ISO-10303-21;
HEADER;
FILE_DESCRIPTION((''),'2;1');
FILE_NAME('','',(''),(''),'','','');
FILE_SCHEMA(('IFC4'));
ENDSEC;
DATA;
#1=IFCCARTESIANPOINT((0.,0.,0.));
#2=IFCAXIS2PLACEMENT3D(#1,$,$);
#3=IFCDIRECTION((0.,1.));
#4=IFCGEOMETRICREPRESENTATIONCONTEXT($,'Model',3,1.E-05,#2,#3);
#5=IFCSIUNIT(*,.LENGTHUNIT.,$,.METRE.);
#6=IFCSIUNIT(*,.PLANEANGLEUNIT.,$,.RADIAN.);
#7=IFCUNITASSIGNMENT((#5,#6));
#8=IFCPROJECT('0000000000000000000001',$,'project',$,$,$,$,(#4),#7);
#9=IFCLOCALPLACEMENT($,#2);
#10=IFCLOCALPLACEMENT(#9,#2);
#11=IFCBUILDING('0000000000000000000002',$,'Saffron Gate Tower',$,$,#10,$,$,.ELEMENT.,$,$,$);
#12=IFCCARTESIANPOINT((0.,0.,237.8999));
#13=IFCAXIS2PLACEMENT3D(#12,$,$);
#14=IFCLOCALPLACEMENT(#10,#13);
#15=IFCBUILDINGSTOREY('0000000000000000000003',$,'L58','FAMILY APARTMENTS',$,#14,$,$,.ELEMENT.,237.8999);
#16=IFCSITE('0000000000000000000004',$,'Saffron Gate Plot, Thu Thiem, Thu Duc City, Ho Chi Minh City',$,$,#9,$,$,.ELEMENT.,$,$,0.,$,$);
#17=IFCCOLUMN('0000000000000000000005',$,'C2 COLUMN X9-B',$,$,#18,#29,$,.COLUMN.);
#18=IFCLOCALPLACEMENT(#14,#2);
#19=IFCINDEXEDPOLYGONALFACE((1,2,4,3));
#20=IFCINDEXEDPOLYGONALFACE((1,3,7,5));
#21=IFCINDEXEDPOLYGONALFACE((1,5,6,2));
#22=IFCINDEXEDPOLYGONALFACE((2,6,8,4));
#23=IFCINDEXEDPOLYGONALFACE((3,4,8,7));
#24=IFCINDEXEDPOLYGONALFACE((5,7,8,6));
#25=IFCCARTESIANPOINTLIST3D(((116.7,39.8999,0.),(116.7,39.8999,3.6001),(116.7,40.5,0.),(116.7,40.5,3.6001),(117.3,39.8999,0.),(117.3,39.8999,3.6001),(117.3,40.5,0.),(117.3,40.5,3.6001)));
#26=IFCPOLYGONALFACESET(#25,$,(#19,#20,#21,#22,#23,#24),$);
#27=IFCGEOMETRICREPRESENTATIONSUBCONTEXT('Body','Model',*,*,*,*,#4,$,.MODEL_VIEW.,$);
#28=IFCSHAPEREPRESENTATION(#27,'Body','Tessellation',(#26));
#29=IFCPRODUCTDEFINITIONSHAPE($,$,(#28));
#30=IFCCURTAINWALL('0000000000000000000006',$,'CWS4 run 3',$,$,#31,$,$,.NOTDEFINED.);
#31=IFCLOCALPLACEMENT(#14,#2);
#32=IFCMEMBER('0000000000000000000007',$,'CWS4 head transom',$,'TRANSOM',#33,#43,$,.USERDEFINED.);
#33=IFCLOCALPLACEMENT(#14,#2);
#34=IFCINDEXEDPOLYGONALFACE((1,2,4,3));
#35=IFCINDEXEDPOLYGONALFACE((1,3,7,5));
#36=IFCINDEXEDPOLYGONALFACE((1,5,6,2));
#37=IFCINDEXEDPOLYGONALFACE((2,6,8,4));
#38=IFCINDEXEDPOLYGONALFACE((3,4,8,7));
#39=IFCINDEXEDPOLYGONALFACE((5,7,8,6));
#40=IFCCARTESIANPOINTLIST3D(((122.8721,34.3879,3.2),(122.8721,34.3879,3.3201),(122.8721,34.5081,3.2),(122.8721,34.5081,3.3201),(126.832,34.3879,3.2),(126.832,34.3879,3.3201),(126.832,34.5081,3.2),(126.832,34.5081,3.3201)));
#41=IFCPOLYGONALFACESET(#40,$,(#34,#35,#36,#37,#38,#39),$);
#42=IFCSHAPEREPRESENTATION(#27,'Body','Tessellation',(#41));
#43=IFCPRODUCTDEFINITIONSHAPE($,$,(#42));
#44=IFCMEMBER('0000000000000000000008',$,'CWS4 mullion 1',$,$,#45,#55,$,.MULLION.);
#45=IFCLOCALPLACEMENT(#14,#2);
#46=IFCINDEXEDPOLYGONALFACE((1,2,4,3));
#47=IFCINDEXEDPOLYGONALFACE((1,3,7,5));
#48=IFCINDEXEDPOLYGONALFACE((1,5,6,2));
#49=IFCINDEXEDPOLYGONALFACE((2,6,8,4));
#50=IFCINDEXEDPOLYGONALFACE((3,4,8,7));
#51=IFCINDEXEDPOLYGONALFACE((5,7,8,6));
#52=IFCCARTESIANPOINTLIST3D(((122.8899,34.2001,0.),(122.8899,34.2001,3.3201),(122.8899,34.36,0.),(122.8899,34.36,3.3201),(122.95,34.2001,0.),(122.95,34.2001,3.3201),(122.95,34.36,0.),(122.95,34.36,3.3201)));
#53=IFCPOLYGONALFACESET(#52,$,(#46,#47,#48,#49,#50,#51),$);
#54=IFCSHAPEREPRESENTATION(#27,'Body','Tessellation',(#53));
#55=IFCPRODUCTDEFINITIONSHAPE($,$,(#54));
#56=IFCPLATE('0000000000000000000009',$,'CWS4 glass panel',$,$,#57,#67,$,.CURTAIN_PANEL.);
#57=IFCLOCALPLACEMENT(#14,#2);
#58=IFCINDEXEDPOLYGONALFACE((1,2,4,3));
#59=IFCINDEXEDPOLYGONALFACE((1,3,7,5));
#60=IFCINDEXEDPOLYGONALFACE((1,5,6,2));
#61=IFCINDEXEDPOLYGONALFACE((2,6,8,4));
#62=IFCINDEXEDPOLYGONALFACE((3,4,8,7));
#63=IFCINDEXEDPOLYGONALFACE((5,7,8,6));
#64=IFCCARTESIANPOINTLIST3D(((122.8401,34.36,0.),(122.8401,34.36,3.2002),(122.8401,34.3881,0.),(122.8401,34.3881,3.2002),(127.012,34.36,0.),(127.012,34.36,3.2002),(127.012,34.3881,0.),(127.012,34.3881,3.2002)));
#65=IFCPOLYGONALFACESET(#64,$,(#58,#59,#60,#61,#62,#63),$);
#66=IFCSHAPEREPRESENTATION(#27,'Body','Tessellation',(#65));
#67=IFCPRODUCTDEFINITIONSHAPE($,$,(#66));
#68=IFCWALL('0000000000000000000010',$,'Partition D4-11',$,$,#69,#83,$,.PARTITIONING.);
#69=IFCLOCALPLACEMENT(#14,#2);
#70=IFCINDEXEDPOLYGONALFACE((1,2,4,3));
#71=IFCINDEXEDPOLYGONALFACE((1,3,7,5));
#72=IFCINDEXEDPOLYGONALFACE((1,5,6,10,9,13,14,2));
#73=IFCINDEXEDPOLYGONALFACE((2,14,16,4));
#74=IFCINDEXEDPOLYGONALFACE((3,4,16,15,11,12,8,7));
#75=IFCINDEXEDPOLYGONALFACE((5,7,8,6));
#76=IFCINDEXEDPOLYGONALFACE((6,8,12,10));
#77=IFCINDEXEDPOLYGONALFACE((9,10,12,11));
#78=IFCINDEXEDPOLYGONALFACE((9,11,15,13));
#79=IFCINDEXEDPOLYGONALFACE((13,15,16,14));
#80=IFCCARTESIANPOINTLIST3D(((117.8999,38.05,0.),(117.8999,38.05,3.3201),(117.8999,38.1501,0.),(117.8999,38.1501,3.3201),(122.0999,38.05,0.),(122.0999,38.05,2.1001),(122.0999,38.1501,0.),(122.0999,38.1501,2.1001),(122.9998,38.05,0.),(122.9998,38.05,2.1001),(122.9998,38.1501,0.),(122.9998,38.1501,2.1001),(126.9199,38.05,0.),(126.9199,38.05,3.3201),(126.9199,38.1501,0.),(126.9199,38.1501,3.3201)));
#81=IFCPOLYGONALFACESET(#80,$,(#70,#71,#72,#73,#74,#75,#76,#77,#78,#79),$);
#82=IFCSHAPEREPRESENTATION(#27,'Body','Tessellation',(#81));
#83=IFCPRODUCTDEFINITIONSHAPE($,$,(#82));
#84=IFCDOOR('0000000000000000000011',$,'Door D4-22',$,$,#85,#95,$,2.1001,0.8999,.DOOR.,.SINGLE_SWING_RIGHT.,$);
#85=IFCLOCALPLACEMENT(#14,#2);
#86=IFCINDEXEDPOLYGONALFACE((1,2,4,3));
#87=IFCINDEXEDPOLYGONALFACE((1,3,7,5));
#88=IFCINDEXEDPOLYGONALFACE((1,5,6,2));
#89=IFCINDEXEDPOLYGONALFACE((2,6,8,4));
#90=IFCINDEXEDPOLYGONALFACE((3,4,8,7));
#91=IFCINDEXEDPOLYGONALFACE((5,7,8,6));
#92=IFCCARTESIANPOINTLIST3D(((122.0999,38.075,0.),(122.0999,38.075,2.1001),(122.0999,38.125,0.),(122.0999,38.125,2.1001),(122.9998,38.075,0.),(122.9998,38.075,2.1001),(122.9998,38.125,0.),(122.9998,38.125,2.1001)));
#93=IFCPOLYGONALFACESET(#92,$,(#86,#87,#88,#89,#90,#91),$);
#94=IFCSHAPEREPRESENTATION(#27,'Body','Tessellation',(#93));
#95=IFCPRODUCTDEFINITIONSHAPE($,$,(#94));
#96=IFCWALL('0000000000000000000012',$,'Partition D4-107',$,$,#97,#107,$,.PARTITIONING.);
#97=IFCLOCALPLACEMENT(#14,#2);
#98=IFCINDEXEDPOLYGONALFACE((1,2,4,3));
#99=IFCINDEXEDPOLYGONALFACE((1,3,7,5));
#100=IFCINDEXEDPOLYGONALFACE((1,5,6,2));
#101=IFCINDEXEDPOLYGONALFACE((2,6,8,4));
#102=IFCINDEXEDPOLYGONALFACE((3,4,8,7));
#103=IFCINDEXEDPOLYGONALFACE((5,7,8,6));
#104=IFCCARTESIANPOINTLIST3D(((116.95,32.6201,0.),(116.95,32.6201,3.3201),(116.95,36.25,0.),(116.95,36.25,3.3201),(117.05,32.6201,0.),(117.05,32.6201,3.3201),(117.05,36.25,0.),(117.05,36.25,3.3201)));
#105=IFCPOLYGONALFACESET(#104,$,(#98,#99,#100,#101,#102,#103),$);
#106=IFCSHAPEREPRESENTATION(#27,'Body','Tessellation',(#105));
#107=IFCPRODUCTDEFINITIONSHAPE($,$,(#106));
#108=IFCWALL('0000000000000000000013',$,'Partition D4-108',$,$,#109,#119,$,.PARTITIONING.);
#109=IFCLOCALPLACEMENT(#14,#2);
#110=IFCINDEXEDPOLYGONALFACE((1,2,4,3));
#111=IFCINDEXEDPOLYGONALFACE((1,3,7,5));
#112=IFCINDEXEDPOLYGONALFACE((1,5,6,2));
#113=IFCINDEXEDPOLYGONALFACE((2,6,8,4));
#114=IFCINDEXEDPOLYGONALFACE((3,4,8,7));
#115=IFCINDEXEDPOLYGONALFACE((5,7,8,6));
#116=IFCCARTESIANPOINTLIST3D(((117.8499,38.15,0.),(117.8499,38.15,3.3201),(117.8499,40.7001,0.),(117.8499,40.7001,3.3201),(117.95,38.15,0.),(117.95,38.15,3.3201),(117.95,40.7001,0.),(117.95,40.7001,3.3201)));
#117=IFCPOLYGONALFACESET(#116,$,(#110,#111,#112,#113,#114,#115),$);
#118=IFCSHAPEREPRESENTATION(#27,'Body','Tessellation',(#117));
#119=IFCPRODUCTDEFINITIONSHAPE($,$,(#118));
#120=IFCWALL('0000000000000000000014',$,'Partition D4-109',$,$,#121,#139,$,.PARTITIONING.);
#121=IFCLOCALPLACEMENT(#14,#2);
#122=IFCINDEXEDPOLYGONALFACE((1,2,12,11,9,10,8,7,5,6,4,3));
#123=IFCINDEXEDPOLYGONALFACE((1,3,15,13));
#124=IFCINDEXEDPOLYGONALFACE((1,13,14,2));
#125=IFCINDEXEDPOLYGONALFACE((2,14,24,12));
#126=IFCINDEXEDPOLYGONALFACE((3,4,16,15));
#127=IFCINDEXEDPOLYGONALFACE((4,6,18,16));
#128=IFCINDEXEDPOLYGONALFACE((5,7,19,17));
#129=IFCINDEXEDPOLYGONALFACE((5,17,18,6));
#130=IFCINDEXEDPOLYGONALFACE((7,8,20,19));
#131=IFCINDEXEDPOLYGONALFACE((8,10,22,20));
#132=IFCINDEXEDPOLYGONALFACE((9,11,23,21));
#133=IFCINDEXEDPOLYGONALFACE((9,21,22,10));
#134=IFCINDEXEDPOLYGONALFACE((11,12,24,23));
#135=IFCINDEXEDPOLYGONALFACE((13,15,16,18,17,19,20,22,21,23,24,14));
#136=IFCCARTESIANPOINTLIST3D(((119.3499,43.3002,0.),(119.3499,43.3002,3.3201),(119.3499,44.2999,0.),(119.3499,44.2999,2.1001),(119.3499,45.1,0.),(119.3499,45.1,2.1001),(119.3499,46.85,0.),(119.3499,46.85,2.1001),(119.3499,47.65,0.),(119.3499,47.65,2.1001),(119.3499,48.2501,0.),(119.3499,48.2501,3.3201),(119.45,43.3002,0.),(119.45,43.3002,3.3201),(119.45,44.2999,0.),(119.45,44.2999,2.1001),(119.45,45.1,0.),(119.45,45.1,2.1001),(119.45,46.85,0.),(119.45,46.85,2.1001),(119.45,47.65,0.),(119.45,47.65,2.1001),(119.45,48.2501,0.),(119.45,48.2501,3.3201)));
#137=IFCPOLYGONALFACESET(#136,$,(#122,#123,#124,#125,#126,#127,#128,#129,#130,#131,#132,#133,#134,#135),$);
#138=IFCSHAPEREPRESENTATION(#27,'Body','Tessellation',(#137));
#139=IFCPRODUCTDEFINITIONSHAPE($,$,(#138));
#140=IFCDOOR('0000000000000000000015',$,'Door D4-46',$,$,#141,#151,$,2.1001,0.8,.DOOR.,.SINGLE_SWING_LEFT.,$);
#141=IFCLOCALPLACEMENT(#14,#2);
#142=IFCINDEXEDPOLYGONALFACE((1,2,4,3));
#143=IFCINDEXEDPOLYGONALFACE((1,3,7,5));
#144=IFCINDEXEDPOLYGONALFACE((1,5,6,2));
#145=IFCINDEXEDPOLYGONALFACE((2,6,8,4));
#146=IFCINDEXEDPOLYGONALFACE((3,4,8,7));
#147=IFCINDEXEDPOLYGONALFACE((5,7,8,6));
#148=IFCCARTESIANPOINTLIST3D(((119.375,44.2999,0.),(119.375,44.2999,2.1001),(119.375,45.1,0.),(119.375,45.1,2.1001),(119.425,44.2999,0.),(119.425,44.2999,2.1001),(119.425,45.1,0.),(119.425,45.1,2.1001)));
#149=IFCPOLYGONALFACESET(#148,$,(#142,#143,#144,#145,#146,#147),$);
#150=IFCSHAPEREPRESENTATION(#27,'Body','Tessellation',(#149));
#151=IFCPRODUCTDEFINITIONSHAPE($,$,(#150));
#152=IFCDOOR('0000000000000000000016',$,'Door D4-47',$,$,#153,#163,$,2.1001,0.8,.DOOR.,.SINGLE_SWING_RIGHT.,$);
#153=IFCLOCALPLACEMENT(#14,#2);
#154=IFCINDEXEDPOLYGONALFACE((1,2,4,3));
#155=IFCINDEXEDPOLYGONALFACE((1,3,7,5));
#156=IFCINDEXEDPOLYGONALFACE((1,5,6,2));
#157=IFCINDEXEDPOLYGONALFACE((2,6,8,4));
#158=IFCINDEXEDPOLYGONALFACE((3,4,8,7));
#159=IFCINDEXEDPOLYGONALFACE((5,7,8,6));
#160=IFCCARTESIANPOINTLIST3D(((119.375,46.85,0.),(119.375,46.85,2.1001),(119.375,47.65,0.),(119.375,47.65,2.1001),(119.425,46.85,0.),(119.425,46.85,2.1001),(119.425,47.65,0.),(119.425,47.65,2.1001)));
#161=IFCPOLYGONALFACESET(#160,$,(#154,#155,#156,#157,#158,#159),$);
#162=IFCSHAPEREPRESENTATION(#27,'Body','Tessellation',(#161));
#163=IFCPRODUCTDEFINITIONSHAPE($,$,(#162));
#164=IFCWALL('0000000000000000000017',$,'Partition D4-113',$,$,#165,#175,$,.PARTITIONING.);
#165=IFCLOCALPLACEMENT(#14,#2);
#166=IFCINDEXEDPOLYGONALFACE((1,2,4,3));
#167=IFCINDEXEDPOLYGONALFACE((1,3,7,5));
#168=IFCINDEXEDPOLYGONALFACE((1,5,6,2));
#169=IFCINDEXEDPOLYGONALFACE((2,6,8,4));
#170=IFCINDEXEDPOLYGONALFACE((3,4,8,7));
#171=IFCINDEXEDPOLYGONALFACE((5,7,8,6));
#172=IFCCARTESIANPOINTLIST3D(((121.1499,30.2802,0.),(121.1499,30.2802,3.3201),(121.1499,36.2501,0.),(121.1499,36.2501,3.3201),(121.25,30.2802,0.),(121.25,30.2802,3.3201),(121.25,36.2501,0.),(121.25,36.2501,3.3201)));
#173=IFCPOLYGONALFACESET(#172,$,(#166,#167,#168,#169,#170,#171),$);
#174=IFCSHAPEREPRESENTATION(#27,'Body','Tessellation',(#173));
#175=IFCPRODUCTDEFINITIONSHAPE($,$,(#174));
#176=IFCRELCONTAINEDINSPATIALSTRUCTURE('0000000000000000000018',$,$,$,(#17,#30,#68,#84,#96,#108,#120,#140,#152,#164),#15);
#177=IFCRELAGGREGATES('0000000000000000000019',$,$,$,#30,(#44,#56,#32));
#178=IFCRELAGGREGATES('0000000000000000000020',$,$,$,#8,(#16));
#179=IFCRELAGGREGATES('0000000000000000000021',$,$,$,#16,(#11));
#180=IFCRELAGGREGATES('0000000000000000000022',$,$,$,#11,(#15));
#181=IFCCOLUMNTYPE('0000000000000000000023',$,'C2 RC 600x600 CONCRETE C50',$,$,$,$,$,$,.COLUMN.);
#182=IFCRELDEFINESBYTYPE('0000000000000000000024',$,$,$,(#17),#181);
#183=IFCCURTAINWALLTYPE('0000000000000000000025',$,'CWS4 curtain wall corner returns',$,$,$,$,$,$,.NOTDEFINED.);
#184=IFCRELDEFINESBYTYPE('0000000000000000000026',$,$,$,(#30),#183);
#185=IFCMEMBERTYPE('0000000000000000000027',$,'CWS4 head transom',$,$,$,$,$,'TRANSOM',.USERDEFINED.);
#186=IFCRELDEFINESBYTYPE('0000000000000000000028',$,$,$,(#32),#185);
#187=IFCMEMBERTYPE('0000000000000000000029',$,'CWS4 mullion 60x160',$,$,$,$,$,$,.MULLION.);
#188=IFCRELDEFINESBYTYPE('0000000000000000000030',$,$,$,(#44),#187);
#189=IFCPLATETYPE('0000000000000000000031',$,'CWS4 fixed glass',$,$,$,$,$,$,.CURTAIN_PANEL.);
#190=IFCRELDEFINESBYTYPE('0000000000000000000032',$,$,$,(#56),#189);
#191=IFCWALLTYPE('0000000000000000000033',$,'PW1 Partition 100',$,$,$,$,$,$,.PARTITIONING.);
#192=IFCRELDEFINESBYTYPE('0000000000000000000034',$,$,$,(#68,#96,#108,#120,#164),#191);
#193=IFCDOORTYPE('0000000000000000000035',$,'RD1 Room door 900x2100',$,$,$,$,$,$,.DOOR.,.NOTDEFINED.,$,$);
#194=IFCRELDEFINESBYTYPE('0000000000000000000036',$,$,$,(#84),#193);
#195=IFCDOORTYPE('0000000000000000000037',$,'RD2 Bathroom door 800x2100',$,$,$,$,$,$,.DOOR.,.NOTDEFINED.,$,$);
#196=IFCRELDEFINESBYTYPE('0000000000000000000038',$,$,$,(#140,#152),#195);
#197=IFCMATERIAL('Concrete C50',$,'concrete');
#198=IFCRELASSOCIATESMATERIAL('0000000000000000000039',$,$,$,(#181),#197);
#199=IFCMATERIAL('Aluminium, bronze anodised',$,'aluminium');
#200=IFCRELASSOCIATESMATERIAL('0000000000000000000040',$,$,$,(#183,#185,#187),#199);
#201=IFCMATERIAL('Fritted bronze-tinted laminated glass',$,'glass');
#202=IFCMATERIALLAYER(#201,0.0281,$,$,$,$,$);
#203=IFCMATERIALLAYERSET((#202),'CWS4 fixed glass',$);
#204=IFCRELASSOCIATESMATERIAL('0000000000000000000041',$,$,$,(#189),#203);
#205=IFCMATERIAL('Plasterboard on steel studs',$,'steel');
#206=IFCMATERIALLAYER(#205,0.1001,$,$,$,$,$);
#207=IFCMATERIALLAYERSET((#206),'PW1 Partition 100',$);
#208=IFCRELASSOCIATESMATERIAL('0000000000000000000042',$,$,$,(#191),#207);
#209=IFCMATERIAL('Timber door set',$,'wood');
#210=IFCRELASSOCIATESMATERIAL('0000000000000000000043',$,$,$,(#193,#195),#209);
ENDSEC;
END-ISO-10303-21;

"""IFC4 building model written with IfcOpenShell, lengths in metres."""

from ifc_helpers import new_model, si_unit, direction, frame, frame_2d, origin, origin_2d, place, context, subcontext, project, spatial, rectangle, extrude, material, layer, layer_set, material_profile, profile_set, type_object, element, fill, aggregate, save


model = new_model("IFC4")

# Units and contexts
model_context = context("Model", 3, precision=1e-05, world=origin(), true_north=direction((0.0, 1.0)))
body_context = subcontext(model_context, "Body", "Model", "MODEL_VIEW")
ifc_project = project(units=[si_unit("LENGTHUNIT", "METRE"), si_unit("PLANEANGLEUNIT", "RADIAN")], contexts=[model_context])

# Site, building, storey
site_placement = place(None, origin())
site = spatial("IfcSite", under=ifc_project, at=site_placement, Name="Saffron Gate Plot, Thu Thiem, Thu Duc City, Ho Chi Minh City", CompositionType="ELEMENT", RefElevation=0.0)
building_placement = place(site_placement, origin())
building = spatial("IfcBuilding", under=site, at=building_placement, Name="Saffron Gate Tower", CompositionType="ELEMENT")
storey_placement = place(building_placement, frame((0.0, 0.0, 237.8999)))
storey = spatial("IfcBuildingStorey", under=building, at=storey_placement, Name="L58", Description="FAMILY APARTMENTS", CompositionType="ELEMENT", Elevation=237.8999)

# Column
ifc_material_1 = material(Name="Concrete C50", Category="concrete")
ifc_material_profile_1 = material_profile(ifc_material_1, rectangle(XDim=0.6001, YDim=0.6001, at=origin_2d()))
ifc_profile_set_1 = profile_set([ifc_material_profile_1], Name="Concrete C50")
column_type = type_object("IfcColumnType", Name="C2 RC 600x600 CONCRETE C50", PredefinedType="COLUMN", material=ifc_profile_set_1)
column_placement = place(storey_placement, frame((117.0, 40.2, 0.0), z_axis=(0.0, 0.0, 1.0), x_axis=(1.0, 0.0, 0.0)))
element("IfcColumn", 1, at=column_placement, inside=storey, type_object=column_type, Name="C2 COLUMN X9-B", PredefinedType="COLUMN", context=body_context, shape_type="SweptSolid", body=[
    extrude(rectangle(XDim=0.6001, YDim=0.6001, at=origin_2d()), origin(), (0.0, 0.0, 1.0), 3.6001),
])

# Curtain wall, members, plate
ifc_material_2 = material(Name="Aluminium, bronze anodised", Category="aluminium")
curtain_wall_type = type_object("IfcCurtainWallType", Name="CWS4 curtain wall corner returns", PredefinedType="NOTDEFINED", material=ifc_material_2)
curtain_wall_placement = place(storey_placement, origin())
curtain_wall = element("IfcCurtainWall", 2, at=curtain_wall_placement, inside=storey, type_object=curtain_wall_type, Name="CWS4 run 3", PredefinedType="NOTDEFINED")
ifc_material_profile_2 = material_profile(ifc_material_2, rectangle(XDim=0.1201, YDim=0.1201, at=origin_2d()))
ifc_profile_set_2 = profile_set([ifc_material_profile_2], Name="Aluminium, bronze anodised")
member_type_1 = type_object("IfcMemberType", Name="CWS4 head transom", ElementType="TRANSOM", PredefinedType="USERDEFINED", material=ifc_profile_set_2)
member_1_placement = place(storey_placement, frame((122.8721, 34.448, 3.26), z_axis=(1.0, 0.0, 0.0), x_axis=(0.0, 1.0, 0.0)))
member_1 = element("IfcMember", 3, at=member_1_placement, type_object=member_type_1, Name="CWS4 head transom", ObjectType="TRANSOM", PredefinedType="USERDEFINED", context=body_context, shape_type="SweptSolid", body=[
    extrude(rectangle(XDim=0.1201, YDim=0.1201, at=origin_2d()), origin(), (0.0, 0.0, 1.0), 3.96),
])
ifc_material_profile_3 = material_profile(ifc_material_2, rectangle(XDim=0.1599, YDim=0.0601, at=origin_2d()))
ifc_profile_set_3 = profile_set([ifc_material_profile_3], Name="Aluminium, bronze anodised")
member_type_2 = type_object("IfcMemberType", Name="CWS4 mullion 60x160", PredefinedType="MULLION", material=ifc_profile_set_3)
member_2_placement = place(storey_placement, frame((122.9199, 34.28, 0.0), z_axis=(0.0, 0.0, 1.0), x_axis=(0.0, 1.0, 0.0)))
member_2 = element("IfcMember", 4, at=member_2_placement, type_object=member_type_2, Name="CWS4 mullion 1", PredefinedType="MULLION", context=body_context, shape_type="SweptSolid", body=[
    extrude(rectangle(XDim=0.1599, YDim=0.0601, at=origin_2d()), origin(), (0.0, 0.0, 1.0), 3.3201),
])
ifc_material_3 = material(Name="Fritted bronze-tinted laminated glass", Category="glass")
ifc_layer_1 = layer(ifc_material_3, 0.0281)
ifc_layer_set_1 = layer_set([ifc_layer_1], Name="CWS4 fixed glass")
plate_type = type_object("IfcPlateType", Name="CWS4 fixed glass", PredefinedType="CURTAIN_PANEL", material=ifc_layer_set_1)
plate_placement = place(storey_placement, frame((122.8401, 34.374, 0.0), z_axis=(0.0, 0.0, 1.0), x_axis=(1.0, 0.0, 0.0)))
plate = element("IfcPlate", 5, at=plate_placement, type_object=plate_type, Name="CWS4 glass panel", PredefinedType="CURTAIN_PANEL", context=body_context, shape_type="SweptSolid", body=[
    extrude(rectangle(XDim=4.1719, YDim=0.0281, at=frame_2d((2.0859, 0.0))), origin(), (0.0, 0.0, 1.0), 3.2002),
])
aggregate(curtain_wall, [member_2, plate, member_1])

# Wall, opening, door
ifc_material_4 = material(Name="Plasterboard on steel studs", Category="steel")
ifc_layer_2 = layer(ifc_material_4, 0.1001)
ifc_layer_set_2 = layer_set([ifc_layer_2], Name="PW1 Partition 100")
wall_type = type_object("IfcWallType", Name="PW1 Partition 100", PredefinedType="PARTITIONING", material=ifc_layer_set_2)
wall_1_placement = place(storey_placement, frame((117.8999, 38.1001, 0.0), z_axis=(0.0, 0.0, 1.0), x_axis=(1.0, 0.0, 0.0)))
wall_1 = element("IfcWall", 6, at=wall_1_placement, inside=storey, type_object=wall_type, Name="Partition D4-11", PredefinedType="PARTITIONING", context=body_context, shape_type="SweptSolid", body=[
    extrude(rectangle(XDim=9.02, YDim=0.1001, at=frame_2d((4.51, 0.0))), origin(), (0.0, 0.0, 1.0), 3.3201),
])
opening_1_placement = place(wall_1_placement, frame((4.2, 0.0, 0.0)))
opening_1 = element("IfcOpeningElement", 7, at=opening_1_placement, cuts=wall_1, PredefinedType="OPENING", context=body_context, shape_type="SweptSolid", body=[
    extrude(rectangle(XDim=0.8999, YDim=2.1001, at=frame_2d((0.45, 1.05))), frame((0.0, 0.0601, 0.0), z_axis=(0.0, -1.0, 0.0), x_axis=(1.0, 0.0, 0.0)), (0.0, 0.0, 1.0), 0.1201),
])
ifc_material_5 = material(Name="Timber door set", Category="wood")
door_type_1 = type_object("IfcDoorType", Name="RD1 Room door 900x2100", OperationType="NOTDEFINED", PredefinedType="DOOR", material=ifc_material_5)
door_1_placement = place(opening_1_placement, origin())
door_1 = element("IfcDoor", 8, at=door_1_placement, inside=storey, type_object=door_type_1, Name="Door D4-22", OperationType="SINGLE_SWING_RIGHT", OverallHeight=2.1001, OverallWidth=0.8999, PredefinedType="DOOR", context=body_context, shape_type="SweptSolid", body=[
    extrude(rectangle(XDim=0.8999, YDim=2.1001, at=frame_2d((0.45, 1.05))), frame((0.0, 0.0249, 0.0), z_axis=(0.0, -1.0, 0.0), x_axis=(1.0, 0.0, 0.0)), (0.0, 0.0, 1.0), 0.05),
])
fill(opening_1, door_1)

# Walls
wall_2_placement = place(storey_placement, frame((117.0, 36.25, 0.0), z_axis=(0.0, 0.0, 1.0), x_axis=(0.0, -1.0, 0.0)))
element("IfcWall", 9, at=wall_2_placement, inside=storey, type_object=wall_type, Name="Partition D4-107", PredefinedType="PARTITIONING", context=body_context, shape_type="SweptSolid", body=[
    extrude(rectangle(XDim=3.6299, YDim=0.1001, at=frame_2d((1.8149, 0.0))), origin(), (0.0, 0.0, 1.0), 3.3201),
])
wall_3_placement = place(storey_placement, frame((117.8999, 40.7, 0.0), z_axis=(0.0, 0.0, 1.0), x_axis=(0.0, -1.0, 0.0)))
element("IfcWall", 10, at=wall_3_placement, inside=storey, type_object=wall_type, Name="Partition D4-108", PredefinedType="PARTITIONING", context=body_context, shape_type="SweptSolid", body=[
    extrude(rectangle(XDim=2.55, YDim=0.1001, at=frame_2d((1.2749, 0.0))), origin(), (0.0, 0.0, 1.0), 3.3201),
])

# Wall, openings, doors
wall_4_placement = place(storey_placement, frame((119.3999, 43.3, 0.0), z_axis=(0.0, 0.0, 1.0), x_axis=(0.0, 1.0, 0.0)))
wall_4 = element("IfcWall", 11, at=wall_4_placement, inside=storey, type_object=wall_type, Name="Partition D4-109", PredefinedType="PARTITIONING", context=body_context, shape_type="SweptSolid", body=[
    extrude(rectangle(XDim=4.95, YDim=0.1001, at=frame_2d((2.4751, 0.0))), origin(), (0.0, 0.0, 1.0), 3.3201),
])
opening_2_placement = place(wall_4_placement, frame((1.0, 0.0, 0.0)))
opening_2 = element("IfcOpeningElement", 12, at=opening_2_placement, cuts=wall_4, PredefinedType="OPENING", context=body_context, shape_type="SweptSolid", body=[
    extrude(rectangle(XDim=0.8, YDim=2.1001, at=frame_2d((0.3999, 1.05))), frame((0.0, 0.0601, 0.0), z_axis=(0.0, -1.0, 0.0), x_axis=(1.0, 0.0, 0.0)), (0.0, 0.0, 1.0), 0.1201),
])
opening_3_placement = place(wall_4_placement, frame((3.55, 0.0, 0.0)))
opening_3 = element("IfcOpeningElement", 13, at=opening_3_placement, cuts=wall_4, PredefinedType="OPENING", context=body_context, shape_type="SweptSolid", body=[
    extrude(rectangle(XDim=0.8, YDim=2.1001, at=frame_2d((0.3999, 1.05))), frame((0.0, 0.0601, 0.0), z_axis=(0.0, -1.0, 0.0), x_axis=(1.0, 0.0, 0.0)), (0.0, 0.0, 1.0), 0.1201),
])
door_type_2 = type_object("IfcDoorType", Name="RD2 Bathroom door 800x2100", OperationType="NOTDEFINED", PredefinedType="DOOR", material=ifc_material_5)
door_2_placement = place(opening_2_placement, origin())
door_2 = element("IfcDoor", 14, at=door_2_placement, inside=storey, type_object=door_type_2, Name="Door D4-46", OperationType="SINGLE_SWING_LEFT", OverallHeight=2.1001, OverallWidth=0.8, PredefinedType="DOOR", context=body_context, shape_type="SweptSolid", body=[
    extrude(rectangle(XDim=0.8, YDim=2.1001, at=frame_2d((0.3999, 1.05))), frame((0.0, 0.0249, 0.0), z_axis=(0.0, -1.0, 0.0), x_axis=(1.0, 0.0, 0.0)), (0.0, 0.0, 1.0), 0.05),
])
fill(opening_2, door_2)
door_3_placement = place(opening_3_placement, origin())
door_3 = element("IfcDoor", 15, at=door_3_placement, inside=storey, type_object=door_type_2, Name="Door D4-47", OperationType="SINGLE_SWING_RIGHT", OverallHeight=2.1001, OverallWidth=0.8, PredefinedType="DOOR", context=body_context, shape_type="SweptSolid", body=[
    extrude(rectangle(XDim=0.8, YDim=2.1001, at=frame_2d((0.3999, 1.05))), frame((0.0, 0.0249, 0.0), z_axis=(0.0, -1.0, 0.0), x_axis=(1.0, 0.0, 0.0)), (0.0, 0.0, 1.0), 0.05),
])
fill(opening_3, door_3)

# Wall
wall_5_placement = place(storey_placement, frame((121.2, 36.25, 0.0), z_axis=(0.0, 0.0, 1.0), x_axis=(0.0, -1.0, 0.0)))
element("IfcWall", 16, at=wall_5_placement, inside=storey, type_object=wall_type, Name="Partition D4-113", PredefinedType="PARTITIONING", context=body_context, shape_type="SweptSolid", body=[
    extrude(rectangle(XDim=5.97, YDim=0.1001, at=frame_2d((2.9849, 0.0))), origin(), (0.0, 0.0, 1.0), 3.3201),
])

save(model, "model.ifc")
